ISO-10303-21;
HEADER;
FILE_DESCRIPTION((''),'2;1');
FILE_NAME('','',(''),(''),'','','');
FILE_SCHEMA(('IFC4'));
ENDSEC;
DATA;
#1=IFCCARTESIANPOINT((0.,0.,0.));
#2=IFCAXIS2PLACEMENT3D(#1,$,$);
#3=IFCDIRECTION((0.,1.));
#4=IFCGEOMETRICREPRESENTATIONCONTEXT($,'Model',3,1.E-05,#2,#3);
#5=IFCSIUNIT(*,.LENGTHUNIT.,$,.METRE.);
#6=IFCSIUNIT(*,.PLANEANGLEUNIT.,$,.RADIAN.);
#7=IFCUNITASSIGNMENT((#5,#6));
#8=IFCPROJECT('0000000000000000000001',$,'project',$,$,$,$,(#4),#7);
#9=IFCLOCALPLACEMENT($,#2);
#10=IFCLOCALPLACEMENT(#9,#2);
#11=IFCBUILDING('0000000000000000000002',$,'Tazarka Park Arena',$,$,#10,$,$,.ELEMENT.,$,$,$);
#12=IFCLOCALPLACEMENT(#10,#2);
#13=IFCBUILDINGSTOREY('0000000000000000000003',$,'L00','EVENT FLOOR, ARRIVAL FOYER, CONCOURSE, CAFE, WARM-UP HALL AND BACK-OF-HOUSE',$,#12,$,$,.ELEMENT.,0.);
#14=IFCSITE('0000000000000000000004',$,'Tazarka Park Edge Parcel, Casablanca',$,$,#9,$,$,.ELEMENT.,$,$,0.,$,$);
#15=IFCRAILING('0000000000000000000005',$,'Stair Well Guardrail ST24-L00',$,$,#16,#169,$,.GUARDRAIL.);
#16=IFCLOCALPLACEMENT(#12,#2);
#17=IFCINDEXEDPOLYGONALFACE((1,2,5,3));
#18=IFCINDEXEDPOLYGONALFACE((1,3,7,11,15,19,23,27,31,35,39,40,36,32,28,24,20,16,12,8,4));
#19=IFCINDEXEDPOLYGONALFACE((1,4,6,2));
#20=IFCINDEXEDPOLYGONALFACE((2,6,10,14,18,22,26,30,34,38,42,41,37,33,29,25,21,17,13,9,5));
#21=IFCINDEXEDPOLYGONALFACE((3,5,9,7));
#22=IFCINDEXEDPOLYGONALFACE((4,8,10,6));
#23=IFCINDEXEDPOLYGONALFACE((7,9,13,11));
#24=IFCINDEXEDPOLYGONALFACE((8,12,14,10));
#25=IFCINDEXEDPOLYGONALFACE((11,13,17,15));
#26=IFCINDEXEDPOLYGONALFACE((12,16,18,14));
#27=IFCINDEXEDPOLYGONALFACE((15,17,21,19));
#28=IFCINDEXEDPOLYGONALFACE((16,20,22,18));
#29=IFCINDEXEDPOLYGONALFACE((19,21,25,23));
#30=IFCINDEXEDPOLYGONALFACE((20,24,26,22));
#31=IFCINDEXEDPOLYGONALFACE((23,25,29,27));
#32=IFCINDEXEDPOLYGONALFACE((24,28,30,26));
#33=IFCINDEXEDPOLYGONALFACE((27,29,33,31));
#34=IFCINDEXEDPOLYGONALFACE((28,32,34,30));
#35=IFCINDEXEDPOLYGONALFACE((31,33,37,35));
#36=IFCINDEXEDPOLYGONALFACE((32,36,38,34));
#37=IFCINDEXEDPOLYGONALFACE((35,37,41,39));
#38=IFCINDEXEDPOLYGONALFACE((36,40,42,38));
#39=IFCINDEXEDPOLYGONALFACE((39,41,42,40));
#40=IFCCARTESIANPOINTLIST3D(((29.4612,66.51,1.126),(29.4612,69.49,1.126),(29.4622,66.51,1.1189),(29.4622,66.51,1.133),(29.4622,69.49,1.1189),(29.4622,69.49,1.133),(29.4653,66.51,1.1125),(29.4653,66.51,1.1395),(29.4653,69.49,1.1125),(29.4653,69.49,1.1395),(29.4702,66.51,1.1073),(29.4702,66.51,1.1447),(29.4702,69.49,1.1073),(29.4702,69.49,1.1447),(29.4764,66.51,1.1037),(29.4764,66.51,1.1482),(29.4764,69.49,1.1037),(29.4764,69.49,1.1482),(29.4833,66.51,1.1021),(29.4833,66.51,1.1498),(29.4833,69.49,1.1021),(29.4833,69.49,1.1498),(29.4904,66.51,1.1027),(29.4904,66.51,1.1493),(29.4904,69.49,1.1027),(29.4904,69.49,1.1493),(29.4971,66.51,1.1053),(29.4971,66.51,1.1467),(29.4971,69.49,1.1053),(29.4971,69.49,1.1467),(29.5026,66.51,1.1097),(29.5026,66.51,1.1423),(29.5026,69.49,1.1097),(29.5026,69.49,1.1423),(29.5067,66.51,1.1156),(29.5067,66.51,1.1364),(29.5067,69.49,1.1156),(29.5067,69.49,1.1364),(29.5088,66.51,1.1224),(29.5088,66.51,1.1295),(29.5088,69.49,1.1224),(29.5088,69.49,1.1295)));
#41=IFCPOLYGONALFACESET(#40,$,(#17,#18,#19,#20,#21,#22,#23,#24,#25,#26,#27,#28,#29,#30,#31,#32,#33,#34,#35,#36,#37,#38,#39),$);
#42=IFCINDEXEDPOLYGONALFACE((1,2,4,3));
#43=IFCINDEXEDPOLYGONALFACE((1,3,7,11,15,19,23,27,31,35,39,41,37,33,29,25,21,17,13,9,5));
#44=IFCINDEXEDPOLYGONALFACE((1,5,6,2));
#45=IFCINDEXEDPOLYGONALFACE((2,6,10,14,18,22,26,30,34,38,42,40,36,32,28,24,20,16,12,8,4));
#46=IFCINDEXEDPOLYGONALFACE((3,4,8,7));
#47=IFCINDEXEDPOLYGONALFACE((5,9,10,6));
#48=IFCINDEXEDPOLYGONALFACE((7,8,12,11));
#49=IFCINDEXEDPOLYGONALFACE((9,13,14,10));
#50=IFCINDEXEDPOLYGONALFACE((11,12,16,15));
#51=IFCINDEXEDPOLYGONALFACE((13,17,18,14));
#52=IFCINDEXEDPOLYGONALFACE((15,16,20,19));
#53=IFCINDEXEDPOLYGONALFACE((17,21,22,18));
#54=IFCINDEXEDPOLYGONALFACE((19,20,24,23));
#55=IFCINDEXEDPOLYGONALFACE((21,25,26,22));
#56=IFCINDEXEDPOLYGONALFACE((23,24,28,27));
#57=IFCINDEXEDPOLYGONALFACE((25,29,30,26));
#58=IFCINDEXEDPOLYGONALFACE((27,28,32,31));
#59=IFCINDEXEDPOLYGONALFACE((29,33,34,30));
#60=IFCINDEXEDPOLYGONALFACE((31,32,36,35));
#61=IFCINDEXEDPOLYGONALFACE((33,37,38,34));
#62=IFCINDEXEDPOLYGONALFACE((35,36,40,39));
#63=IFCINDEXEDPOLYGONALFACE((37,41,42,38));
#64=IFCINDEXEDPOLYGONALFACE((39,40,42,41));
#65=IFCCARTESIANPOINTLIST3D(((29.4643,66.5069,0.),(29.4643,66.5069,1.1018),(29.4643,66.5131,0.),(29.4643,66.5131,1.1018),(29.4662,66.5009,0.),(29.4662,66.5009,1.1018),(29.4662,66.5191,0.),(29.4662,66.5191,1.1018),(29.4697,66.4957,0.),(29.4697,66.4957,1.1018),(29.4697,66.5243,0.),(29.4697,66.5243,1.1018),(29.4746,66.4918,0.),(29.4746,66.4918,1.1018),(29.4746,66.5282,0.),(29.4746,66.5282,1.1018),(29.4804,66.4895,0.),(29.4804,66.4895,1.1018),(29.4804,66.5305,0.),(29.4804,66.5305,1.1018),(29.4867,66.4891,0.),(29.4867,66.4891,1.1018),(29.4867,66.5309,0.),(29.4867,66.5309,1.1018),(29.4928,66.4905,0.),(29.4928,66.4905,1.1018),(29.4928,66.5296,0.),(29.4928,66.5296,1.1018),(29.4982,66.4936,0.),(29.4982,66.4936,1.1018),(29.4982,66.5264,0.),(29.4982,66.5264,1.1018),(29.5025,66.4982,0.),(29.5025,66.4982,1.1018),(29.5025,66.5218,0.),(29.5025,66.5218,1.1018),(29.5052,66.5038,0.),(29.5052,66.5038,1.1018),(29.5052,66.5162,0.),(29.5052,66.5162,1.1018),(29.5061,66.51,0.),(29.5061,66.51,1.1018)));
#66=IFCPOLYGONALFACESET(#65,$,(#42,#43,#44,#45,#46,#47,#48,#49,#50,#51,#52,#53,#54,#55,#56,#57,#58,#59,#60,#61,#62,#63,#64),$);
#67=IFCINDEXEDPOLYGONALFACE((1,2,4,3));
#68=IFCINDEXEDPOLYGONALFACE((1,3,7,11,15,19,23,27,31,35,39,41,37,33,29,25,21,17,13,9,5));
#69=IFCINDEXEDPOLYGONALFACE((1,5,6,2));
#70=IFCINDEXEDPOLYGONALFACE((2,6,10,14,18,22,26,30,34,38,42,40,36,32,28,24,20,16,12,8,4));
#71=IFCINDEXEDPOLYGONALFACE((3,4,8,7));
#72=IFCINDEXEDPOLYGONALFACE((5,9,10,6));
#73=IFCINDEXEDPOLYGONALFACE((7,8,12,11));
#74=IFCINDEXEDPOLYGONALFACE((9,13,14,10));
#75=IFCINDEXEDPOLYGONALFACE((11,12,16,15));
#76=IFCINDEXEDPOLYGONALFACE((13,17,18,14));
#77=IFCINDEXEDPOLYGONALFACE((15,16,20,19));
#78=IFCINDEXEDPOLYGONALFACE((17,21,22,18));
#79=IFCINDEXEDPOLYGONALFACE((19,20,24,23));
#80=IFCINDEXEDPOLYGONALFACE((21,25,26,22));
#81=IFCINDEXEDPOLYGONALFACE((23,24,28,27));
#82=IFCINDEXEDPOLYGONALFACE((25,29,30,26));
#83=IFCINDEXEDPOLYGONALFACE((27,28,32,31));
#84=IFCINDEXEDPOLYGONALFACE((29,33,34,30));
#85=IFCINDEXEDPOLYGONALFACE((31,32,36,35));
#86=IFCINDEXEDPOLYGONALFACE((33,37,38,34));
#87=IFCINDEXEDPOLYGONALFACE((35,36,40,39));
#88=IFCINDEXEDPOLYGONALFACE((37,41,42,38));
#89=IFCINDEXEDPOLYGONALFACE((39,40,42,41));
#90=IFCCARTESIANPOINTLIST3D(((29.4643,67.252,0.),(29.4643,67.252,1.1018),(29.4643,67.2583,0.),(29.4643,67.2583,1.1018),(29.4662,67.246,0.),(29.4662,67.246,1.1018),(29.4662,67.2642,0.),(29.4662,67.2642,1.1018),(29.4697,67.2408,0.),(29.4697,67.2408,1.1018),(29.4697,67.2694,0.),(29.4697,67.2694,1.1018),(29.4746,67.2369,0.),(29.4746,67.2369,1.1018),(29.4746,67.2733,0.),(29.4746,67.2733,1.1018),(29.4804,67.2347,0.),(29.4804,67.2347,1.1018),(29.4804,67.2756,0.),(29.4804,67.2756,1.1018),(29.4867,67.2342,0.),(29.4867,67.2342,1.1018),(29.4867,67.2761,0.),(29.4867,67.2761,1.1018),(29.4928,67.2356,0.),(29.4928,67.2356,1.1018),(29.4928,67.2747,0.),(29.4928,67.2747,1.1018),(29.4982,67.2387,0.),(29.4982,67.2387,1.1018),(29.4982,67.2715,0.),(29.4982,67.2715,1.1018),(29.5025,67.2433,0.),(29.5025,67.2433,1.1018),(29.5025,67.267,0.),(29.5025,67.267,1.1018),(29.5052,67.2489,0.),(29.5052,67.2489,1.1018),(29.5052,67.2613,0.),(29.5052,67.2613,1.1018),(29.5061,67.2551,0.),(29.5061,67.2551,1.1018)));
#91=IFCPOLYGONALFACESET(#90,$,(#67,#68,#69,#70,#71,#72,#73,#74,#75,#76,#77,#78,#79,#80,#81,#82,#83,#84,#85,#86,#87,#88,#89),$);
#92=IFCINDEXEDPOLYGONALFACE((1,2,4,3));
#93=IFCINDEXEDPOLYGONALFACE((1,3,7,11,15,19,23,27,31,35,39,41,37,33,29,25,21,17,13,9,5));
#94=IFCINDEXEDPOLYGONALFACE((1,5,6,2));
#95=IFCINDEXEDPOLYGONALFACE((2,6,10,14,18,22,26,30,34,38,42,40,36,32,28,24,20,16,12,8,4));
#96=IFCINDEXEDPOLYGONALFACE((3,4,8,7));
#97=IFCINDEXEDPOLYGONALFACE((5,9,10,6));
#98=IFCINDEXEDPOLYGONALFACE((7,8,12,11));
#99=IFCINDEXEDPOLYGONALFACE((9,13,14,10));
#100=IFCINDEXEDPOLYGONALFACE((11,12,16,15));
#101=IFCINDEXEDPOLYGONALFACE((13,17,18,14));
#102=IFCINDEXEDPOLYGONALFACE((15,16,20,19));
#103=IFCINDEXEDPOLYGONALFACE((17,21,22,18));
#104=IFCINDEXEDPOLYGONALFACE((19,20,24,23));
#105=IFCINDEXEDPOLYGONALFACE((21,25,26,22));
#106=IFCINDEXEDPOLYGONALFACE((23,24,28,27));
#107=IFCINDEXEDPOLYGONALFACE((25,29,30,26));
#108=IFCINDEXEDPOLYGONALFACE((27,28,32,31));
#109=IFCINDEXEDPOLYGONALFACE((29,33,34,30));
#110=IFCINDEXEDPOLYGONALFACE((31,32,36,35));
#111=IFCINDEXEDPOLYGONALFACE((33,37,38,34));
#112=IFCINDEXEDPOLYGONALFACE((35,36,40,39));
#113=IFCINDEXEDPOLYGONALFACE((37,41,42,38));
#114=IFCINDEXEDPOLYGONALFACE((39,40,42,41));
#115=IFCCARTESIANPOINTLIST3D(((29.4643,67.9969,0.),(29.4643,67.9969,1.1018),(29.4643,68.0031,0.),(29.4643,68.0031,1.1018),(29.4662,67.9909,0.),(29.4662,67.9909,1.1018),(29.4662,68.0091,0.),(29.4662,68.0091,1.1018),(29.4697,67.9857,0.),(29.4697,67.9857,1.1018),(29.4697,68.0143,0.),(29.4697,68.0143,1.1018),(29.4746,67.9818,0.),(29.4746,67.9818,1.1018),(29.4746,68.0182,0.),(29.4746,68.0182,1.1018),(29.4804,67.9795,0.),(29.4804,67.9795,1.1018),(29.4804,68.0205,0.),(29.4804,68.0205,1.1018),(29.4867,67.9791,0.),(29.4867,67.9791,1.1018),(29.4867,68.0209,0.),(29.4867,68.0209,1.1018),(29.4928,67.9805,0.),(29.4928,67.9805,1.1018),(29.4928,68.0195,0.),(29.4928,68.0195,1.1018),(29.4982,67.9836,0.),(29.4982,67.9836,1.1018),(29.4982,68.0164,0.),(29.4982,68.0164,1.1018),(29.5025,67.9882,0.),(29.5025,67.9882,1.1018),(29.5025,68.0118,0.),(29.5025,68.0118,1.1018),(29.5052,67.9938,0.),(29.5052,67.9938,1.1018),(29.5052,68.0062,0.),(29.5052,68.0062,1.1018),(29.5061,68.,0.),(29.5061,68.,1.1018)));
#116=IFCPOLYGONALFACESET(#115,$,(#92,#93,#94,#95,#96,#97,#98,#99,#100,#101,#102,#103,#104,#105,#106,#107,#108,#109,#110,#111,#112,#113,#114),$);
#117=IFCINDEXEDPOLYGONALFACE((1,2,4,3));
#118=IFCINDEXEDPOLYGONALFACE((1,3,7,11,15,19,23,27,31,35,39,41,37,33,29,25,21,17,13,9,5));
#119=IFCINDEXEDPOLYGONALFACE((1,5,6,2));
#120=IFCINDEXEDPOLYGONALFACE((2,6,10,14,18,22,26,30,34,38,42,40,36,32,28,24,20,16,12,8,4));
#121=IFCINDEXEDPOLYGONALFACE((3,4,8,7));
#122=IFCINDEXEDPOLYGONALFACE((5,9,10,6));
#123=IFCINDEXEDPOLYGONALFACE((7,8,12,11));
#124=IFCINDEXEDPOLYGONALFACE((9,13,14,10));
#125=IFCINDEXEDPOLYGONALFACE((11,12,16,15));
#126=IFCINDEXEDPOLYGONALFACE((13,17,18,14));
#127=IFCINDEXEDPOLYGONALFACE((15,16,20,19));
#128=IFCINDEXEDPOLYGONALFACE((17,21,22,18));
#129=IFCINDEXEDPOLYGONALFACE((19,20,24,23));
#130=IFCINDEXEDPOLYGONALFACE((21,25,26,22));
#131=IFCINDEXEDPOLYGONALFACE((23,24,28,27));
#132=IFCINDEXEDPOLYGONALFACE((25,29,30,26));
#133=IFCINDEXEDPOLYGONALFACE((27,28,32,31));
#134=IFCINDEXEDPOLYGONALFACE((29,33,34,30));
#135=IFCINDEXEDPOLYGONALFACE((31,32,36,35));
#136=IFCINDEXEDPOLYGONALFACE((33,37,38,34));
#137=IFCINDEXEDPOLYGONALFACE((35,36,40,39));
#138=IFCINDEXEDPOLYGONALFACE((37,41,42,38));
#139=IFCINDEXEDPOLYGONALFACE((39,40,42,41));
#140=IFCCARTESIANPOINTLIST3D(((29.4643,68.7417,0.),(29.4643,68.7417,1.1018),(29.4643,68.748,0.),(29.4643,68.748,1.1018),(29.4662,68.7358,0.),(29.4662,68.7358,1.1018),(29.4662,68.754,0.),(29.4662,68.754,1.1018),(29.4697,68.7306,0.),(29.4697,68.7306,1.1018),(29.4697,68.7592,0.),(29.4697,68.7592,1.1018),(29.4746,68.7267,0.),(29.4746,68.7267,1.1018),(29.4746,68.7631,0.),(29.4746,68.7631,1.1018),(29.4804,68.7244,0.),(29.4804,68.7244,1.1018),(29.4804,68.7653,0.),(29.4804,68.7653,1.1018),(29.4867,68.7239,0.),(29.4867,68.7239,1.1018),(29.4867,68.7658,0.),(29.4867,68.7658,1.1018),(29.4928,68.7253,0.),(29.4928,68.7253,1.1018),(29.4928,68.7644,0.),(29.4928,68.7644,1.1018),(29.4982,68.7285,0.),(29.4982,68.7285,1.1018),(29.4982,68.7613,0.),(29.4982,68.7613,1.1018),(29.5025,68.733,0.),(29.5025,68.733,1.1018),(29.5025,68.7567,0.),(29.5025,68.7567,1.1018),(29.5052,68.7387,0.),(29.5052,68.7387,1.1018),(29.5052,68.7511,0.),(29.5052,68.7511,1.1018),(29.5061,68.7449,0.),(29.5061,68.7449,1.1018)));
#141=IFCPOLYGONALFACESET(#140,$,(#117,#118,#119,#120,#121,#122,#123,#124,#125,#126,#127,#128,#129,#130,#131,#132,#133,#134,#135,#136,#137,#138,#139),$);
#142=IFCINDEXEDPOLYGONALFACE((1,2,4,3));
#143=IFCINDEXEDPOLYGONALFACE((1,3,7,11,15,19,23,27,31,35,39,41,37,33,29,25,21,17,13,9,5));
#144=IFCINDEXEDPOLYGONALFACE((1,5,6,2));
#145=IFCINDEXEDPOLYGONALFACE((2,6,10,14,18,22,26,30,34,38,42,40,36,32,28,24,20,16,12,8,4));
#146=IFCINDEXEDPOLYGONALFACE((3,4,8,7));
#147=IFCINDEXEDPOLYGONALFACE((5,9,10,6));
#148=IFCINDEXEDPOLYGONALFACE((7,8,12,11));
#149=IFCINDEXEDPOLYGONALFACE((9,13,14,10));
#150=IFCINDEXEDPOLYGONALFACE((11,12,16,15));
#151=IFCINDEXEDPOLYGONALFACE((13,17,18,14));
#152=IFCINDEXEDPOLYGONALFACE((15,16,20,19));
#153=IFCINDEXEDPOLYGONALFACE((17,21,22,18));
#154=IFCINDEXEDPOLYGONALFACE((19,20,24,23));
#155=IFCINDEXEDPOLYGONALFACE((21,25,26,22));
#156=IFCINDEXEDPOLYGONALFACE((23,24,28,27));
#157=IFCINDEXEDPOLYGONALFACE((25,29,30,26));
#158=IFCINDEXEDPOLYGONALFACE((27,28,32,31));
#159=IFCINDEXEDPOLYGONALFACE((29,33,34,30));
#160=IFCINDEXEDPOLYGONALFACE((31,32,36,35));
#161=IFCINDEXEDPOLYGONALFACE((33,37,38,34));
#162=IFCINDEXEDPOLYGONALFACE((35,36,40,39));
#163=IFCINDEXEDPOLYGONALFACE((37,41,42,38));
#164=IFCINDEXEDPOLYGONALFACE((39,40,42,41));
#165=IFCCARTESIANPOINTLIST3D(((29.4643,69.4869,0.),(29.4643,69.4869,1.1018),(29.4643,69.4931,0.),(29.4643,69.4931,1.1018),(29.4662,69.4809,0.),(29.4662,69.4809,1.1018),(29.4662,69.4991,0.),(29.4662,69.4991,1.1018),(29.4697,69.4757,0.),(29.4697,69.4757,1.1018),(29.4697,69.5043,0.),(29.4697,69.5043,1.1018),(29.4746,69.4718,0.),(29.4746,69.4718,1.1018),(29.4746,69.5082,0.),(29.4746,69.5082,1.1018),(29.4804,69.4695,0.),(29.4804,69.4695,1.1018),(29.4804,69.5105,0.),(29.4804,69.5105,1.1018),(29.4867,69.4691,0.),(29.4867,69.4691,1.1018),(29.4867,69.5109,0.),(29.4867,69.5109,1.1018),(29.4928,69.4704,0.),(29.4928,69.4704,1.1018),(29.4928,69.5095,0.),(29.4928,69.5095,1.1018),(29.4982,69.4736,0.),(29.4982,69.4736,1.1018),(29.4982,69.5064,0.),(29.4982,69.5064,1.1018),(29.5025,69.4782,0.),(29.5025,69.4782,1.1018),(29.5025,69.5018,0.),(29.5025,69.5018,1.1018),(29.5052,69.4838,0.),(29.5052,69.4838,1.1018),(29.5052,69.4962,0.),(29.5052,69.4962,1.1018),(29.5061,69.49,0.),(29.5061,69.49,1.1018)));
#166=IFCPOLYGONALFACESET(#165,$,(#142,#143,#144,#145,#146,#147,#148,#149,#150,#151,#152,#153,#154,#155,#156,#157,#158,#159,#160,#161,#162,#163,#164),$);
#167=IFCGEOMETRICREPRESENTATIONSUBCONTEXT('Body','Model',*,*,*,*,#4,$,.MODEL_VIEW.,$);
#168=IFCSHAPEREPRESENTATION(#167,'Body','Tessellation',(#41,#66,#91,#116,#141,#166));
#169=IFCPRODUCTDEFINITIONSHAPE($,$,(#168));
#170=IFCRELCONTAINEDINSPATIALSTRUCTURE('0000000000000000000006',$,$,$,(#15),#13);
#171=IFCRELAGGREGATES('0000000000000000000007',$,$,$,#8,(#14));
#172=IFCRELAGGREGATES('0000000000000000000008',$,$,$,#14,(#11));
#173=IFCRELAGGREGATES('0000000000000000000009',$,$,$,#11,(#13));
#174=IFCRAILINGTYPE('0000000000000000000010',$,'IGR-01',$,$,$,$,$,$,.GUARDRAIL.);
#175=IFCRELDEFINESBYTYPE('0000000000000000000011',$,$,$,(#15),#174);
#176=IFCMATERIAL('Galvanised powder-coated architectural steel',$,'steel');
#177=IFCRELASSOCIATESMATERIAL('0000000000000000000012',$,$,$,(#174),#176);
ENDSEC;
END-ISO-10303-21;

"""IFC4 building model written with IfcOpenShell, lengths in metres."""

from ifc_helpers import new_model, si_unit, direction, frame, origin, origin_2d, place, context, subcontext, project, spatial, circle, extrude, material, type_object, element, save


model = new_model("IFC4")

# Units and contexts
model_context = context("Model", 3, precision=1e-05, world=origin(), true_north=direction((0.0, 1.0)))
body_context = subcontext(model_context, "Body", "Model", "MODEL_VIEW")
ifc_project = project(units=[si_unit("LENGTHUNIT", "METRE"), si_unit("PLANEANGLEUNIT", "RADIAN")], contexts=[model_context])

# Site, building, storey
site_placement = place(None, origin())
site = spatial("IfcSite", under=ifc_project, at=site_placement, Name="Tazarka Park Edge Parcel, Casablanca", CompositionType="ELEMENT", RefElevation=0.0)
building_placement = place(site_placement, origin())
building = spatial("IfcBuilding", under=site, at=building_placement, Name="Tazarka Park Arena", CompositionType="ELEMENT")
storey_placement = place(building_placement, origin())
storey = spatial("IfcBuildingStorey", under=building, at=storey_placement, Name="L00", Description="EVENT FLOOR, ARRIVAL FOYER, CONCOURSE, CAFE, WARM-UP HALL AND BACK-OF-HOUSE", CompositionType="ELEMENT", Elevation=0.0)

# Railing
ifc_material_1 = material(Name="Galvanised powder-coated architectural steel", Category="steel")
railing_type_1 = type_object("IfcRailingType", Name="IGR-01", PredefinedType="GUARDRAIL", material=ifc_material_1)
for number, where, name in (
    (1, (29.4851, 66.51, 0.0), "Stair Well Guardrail ST24-L00"),
):
    element("IfcRailing", number, at=place(storey_placement, frame(where)), inside=storey, type_object=railing_type_1, Name=name, PredefinedType="GUARDRAIL", context=body_context, shape_type="SweptSolid", body=[
        extrude(circle(Radius=0.0239, at=origin_2d()), frame((0.0, 0.0, 1.126), z_axis=(0.0, 1.0, 0.0), x_axis=(-1.0, 0.0, 0.0)), (0.0, 0.0, 1.0), 2.98),
        extrude(circle(Radius=0.021, at=origin_2d()), origin(), (0.0, 0.0, 1.0), 1.1018),
        extrude(circle(Radius=0.021, at=origin_2d()), frame((0.0, 0.7451, 0.0)), (0.0, 0.0, 1.0), 1.1018),
        extrude(circle(Radius=0.021, at=origin_2d()), frame((0.0, 1.49, 0.0)), (0.0, 0.0, 1.0), 1.1018),
        extrude(circle(Radius=0.021, at=origin_2d()), frame((0.0, 2.2349, 0.0)), (0.0, 0.0, 1.0), 1.1018),
        extrude(circle(Radius=0.021, at=origin_2d()), frame((0.0, 2.98, 0.0)), (0.0, 0.0, 1.0), 1.1018),
    ])

save(model, "model.ifc")
